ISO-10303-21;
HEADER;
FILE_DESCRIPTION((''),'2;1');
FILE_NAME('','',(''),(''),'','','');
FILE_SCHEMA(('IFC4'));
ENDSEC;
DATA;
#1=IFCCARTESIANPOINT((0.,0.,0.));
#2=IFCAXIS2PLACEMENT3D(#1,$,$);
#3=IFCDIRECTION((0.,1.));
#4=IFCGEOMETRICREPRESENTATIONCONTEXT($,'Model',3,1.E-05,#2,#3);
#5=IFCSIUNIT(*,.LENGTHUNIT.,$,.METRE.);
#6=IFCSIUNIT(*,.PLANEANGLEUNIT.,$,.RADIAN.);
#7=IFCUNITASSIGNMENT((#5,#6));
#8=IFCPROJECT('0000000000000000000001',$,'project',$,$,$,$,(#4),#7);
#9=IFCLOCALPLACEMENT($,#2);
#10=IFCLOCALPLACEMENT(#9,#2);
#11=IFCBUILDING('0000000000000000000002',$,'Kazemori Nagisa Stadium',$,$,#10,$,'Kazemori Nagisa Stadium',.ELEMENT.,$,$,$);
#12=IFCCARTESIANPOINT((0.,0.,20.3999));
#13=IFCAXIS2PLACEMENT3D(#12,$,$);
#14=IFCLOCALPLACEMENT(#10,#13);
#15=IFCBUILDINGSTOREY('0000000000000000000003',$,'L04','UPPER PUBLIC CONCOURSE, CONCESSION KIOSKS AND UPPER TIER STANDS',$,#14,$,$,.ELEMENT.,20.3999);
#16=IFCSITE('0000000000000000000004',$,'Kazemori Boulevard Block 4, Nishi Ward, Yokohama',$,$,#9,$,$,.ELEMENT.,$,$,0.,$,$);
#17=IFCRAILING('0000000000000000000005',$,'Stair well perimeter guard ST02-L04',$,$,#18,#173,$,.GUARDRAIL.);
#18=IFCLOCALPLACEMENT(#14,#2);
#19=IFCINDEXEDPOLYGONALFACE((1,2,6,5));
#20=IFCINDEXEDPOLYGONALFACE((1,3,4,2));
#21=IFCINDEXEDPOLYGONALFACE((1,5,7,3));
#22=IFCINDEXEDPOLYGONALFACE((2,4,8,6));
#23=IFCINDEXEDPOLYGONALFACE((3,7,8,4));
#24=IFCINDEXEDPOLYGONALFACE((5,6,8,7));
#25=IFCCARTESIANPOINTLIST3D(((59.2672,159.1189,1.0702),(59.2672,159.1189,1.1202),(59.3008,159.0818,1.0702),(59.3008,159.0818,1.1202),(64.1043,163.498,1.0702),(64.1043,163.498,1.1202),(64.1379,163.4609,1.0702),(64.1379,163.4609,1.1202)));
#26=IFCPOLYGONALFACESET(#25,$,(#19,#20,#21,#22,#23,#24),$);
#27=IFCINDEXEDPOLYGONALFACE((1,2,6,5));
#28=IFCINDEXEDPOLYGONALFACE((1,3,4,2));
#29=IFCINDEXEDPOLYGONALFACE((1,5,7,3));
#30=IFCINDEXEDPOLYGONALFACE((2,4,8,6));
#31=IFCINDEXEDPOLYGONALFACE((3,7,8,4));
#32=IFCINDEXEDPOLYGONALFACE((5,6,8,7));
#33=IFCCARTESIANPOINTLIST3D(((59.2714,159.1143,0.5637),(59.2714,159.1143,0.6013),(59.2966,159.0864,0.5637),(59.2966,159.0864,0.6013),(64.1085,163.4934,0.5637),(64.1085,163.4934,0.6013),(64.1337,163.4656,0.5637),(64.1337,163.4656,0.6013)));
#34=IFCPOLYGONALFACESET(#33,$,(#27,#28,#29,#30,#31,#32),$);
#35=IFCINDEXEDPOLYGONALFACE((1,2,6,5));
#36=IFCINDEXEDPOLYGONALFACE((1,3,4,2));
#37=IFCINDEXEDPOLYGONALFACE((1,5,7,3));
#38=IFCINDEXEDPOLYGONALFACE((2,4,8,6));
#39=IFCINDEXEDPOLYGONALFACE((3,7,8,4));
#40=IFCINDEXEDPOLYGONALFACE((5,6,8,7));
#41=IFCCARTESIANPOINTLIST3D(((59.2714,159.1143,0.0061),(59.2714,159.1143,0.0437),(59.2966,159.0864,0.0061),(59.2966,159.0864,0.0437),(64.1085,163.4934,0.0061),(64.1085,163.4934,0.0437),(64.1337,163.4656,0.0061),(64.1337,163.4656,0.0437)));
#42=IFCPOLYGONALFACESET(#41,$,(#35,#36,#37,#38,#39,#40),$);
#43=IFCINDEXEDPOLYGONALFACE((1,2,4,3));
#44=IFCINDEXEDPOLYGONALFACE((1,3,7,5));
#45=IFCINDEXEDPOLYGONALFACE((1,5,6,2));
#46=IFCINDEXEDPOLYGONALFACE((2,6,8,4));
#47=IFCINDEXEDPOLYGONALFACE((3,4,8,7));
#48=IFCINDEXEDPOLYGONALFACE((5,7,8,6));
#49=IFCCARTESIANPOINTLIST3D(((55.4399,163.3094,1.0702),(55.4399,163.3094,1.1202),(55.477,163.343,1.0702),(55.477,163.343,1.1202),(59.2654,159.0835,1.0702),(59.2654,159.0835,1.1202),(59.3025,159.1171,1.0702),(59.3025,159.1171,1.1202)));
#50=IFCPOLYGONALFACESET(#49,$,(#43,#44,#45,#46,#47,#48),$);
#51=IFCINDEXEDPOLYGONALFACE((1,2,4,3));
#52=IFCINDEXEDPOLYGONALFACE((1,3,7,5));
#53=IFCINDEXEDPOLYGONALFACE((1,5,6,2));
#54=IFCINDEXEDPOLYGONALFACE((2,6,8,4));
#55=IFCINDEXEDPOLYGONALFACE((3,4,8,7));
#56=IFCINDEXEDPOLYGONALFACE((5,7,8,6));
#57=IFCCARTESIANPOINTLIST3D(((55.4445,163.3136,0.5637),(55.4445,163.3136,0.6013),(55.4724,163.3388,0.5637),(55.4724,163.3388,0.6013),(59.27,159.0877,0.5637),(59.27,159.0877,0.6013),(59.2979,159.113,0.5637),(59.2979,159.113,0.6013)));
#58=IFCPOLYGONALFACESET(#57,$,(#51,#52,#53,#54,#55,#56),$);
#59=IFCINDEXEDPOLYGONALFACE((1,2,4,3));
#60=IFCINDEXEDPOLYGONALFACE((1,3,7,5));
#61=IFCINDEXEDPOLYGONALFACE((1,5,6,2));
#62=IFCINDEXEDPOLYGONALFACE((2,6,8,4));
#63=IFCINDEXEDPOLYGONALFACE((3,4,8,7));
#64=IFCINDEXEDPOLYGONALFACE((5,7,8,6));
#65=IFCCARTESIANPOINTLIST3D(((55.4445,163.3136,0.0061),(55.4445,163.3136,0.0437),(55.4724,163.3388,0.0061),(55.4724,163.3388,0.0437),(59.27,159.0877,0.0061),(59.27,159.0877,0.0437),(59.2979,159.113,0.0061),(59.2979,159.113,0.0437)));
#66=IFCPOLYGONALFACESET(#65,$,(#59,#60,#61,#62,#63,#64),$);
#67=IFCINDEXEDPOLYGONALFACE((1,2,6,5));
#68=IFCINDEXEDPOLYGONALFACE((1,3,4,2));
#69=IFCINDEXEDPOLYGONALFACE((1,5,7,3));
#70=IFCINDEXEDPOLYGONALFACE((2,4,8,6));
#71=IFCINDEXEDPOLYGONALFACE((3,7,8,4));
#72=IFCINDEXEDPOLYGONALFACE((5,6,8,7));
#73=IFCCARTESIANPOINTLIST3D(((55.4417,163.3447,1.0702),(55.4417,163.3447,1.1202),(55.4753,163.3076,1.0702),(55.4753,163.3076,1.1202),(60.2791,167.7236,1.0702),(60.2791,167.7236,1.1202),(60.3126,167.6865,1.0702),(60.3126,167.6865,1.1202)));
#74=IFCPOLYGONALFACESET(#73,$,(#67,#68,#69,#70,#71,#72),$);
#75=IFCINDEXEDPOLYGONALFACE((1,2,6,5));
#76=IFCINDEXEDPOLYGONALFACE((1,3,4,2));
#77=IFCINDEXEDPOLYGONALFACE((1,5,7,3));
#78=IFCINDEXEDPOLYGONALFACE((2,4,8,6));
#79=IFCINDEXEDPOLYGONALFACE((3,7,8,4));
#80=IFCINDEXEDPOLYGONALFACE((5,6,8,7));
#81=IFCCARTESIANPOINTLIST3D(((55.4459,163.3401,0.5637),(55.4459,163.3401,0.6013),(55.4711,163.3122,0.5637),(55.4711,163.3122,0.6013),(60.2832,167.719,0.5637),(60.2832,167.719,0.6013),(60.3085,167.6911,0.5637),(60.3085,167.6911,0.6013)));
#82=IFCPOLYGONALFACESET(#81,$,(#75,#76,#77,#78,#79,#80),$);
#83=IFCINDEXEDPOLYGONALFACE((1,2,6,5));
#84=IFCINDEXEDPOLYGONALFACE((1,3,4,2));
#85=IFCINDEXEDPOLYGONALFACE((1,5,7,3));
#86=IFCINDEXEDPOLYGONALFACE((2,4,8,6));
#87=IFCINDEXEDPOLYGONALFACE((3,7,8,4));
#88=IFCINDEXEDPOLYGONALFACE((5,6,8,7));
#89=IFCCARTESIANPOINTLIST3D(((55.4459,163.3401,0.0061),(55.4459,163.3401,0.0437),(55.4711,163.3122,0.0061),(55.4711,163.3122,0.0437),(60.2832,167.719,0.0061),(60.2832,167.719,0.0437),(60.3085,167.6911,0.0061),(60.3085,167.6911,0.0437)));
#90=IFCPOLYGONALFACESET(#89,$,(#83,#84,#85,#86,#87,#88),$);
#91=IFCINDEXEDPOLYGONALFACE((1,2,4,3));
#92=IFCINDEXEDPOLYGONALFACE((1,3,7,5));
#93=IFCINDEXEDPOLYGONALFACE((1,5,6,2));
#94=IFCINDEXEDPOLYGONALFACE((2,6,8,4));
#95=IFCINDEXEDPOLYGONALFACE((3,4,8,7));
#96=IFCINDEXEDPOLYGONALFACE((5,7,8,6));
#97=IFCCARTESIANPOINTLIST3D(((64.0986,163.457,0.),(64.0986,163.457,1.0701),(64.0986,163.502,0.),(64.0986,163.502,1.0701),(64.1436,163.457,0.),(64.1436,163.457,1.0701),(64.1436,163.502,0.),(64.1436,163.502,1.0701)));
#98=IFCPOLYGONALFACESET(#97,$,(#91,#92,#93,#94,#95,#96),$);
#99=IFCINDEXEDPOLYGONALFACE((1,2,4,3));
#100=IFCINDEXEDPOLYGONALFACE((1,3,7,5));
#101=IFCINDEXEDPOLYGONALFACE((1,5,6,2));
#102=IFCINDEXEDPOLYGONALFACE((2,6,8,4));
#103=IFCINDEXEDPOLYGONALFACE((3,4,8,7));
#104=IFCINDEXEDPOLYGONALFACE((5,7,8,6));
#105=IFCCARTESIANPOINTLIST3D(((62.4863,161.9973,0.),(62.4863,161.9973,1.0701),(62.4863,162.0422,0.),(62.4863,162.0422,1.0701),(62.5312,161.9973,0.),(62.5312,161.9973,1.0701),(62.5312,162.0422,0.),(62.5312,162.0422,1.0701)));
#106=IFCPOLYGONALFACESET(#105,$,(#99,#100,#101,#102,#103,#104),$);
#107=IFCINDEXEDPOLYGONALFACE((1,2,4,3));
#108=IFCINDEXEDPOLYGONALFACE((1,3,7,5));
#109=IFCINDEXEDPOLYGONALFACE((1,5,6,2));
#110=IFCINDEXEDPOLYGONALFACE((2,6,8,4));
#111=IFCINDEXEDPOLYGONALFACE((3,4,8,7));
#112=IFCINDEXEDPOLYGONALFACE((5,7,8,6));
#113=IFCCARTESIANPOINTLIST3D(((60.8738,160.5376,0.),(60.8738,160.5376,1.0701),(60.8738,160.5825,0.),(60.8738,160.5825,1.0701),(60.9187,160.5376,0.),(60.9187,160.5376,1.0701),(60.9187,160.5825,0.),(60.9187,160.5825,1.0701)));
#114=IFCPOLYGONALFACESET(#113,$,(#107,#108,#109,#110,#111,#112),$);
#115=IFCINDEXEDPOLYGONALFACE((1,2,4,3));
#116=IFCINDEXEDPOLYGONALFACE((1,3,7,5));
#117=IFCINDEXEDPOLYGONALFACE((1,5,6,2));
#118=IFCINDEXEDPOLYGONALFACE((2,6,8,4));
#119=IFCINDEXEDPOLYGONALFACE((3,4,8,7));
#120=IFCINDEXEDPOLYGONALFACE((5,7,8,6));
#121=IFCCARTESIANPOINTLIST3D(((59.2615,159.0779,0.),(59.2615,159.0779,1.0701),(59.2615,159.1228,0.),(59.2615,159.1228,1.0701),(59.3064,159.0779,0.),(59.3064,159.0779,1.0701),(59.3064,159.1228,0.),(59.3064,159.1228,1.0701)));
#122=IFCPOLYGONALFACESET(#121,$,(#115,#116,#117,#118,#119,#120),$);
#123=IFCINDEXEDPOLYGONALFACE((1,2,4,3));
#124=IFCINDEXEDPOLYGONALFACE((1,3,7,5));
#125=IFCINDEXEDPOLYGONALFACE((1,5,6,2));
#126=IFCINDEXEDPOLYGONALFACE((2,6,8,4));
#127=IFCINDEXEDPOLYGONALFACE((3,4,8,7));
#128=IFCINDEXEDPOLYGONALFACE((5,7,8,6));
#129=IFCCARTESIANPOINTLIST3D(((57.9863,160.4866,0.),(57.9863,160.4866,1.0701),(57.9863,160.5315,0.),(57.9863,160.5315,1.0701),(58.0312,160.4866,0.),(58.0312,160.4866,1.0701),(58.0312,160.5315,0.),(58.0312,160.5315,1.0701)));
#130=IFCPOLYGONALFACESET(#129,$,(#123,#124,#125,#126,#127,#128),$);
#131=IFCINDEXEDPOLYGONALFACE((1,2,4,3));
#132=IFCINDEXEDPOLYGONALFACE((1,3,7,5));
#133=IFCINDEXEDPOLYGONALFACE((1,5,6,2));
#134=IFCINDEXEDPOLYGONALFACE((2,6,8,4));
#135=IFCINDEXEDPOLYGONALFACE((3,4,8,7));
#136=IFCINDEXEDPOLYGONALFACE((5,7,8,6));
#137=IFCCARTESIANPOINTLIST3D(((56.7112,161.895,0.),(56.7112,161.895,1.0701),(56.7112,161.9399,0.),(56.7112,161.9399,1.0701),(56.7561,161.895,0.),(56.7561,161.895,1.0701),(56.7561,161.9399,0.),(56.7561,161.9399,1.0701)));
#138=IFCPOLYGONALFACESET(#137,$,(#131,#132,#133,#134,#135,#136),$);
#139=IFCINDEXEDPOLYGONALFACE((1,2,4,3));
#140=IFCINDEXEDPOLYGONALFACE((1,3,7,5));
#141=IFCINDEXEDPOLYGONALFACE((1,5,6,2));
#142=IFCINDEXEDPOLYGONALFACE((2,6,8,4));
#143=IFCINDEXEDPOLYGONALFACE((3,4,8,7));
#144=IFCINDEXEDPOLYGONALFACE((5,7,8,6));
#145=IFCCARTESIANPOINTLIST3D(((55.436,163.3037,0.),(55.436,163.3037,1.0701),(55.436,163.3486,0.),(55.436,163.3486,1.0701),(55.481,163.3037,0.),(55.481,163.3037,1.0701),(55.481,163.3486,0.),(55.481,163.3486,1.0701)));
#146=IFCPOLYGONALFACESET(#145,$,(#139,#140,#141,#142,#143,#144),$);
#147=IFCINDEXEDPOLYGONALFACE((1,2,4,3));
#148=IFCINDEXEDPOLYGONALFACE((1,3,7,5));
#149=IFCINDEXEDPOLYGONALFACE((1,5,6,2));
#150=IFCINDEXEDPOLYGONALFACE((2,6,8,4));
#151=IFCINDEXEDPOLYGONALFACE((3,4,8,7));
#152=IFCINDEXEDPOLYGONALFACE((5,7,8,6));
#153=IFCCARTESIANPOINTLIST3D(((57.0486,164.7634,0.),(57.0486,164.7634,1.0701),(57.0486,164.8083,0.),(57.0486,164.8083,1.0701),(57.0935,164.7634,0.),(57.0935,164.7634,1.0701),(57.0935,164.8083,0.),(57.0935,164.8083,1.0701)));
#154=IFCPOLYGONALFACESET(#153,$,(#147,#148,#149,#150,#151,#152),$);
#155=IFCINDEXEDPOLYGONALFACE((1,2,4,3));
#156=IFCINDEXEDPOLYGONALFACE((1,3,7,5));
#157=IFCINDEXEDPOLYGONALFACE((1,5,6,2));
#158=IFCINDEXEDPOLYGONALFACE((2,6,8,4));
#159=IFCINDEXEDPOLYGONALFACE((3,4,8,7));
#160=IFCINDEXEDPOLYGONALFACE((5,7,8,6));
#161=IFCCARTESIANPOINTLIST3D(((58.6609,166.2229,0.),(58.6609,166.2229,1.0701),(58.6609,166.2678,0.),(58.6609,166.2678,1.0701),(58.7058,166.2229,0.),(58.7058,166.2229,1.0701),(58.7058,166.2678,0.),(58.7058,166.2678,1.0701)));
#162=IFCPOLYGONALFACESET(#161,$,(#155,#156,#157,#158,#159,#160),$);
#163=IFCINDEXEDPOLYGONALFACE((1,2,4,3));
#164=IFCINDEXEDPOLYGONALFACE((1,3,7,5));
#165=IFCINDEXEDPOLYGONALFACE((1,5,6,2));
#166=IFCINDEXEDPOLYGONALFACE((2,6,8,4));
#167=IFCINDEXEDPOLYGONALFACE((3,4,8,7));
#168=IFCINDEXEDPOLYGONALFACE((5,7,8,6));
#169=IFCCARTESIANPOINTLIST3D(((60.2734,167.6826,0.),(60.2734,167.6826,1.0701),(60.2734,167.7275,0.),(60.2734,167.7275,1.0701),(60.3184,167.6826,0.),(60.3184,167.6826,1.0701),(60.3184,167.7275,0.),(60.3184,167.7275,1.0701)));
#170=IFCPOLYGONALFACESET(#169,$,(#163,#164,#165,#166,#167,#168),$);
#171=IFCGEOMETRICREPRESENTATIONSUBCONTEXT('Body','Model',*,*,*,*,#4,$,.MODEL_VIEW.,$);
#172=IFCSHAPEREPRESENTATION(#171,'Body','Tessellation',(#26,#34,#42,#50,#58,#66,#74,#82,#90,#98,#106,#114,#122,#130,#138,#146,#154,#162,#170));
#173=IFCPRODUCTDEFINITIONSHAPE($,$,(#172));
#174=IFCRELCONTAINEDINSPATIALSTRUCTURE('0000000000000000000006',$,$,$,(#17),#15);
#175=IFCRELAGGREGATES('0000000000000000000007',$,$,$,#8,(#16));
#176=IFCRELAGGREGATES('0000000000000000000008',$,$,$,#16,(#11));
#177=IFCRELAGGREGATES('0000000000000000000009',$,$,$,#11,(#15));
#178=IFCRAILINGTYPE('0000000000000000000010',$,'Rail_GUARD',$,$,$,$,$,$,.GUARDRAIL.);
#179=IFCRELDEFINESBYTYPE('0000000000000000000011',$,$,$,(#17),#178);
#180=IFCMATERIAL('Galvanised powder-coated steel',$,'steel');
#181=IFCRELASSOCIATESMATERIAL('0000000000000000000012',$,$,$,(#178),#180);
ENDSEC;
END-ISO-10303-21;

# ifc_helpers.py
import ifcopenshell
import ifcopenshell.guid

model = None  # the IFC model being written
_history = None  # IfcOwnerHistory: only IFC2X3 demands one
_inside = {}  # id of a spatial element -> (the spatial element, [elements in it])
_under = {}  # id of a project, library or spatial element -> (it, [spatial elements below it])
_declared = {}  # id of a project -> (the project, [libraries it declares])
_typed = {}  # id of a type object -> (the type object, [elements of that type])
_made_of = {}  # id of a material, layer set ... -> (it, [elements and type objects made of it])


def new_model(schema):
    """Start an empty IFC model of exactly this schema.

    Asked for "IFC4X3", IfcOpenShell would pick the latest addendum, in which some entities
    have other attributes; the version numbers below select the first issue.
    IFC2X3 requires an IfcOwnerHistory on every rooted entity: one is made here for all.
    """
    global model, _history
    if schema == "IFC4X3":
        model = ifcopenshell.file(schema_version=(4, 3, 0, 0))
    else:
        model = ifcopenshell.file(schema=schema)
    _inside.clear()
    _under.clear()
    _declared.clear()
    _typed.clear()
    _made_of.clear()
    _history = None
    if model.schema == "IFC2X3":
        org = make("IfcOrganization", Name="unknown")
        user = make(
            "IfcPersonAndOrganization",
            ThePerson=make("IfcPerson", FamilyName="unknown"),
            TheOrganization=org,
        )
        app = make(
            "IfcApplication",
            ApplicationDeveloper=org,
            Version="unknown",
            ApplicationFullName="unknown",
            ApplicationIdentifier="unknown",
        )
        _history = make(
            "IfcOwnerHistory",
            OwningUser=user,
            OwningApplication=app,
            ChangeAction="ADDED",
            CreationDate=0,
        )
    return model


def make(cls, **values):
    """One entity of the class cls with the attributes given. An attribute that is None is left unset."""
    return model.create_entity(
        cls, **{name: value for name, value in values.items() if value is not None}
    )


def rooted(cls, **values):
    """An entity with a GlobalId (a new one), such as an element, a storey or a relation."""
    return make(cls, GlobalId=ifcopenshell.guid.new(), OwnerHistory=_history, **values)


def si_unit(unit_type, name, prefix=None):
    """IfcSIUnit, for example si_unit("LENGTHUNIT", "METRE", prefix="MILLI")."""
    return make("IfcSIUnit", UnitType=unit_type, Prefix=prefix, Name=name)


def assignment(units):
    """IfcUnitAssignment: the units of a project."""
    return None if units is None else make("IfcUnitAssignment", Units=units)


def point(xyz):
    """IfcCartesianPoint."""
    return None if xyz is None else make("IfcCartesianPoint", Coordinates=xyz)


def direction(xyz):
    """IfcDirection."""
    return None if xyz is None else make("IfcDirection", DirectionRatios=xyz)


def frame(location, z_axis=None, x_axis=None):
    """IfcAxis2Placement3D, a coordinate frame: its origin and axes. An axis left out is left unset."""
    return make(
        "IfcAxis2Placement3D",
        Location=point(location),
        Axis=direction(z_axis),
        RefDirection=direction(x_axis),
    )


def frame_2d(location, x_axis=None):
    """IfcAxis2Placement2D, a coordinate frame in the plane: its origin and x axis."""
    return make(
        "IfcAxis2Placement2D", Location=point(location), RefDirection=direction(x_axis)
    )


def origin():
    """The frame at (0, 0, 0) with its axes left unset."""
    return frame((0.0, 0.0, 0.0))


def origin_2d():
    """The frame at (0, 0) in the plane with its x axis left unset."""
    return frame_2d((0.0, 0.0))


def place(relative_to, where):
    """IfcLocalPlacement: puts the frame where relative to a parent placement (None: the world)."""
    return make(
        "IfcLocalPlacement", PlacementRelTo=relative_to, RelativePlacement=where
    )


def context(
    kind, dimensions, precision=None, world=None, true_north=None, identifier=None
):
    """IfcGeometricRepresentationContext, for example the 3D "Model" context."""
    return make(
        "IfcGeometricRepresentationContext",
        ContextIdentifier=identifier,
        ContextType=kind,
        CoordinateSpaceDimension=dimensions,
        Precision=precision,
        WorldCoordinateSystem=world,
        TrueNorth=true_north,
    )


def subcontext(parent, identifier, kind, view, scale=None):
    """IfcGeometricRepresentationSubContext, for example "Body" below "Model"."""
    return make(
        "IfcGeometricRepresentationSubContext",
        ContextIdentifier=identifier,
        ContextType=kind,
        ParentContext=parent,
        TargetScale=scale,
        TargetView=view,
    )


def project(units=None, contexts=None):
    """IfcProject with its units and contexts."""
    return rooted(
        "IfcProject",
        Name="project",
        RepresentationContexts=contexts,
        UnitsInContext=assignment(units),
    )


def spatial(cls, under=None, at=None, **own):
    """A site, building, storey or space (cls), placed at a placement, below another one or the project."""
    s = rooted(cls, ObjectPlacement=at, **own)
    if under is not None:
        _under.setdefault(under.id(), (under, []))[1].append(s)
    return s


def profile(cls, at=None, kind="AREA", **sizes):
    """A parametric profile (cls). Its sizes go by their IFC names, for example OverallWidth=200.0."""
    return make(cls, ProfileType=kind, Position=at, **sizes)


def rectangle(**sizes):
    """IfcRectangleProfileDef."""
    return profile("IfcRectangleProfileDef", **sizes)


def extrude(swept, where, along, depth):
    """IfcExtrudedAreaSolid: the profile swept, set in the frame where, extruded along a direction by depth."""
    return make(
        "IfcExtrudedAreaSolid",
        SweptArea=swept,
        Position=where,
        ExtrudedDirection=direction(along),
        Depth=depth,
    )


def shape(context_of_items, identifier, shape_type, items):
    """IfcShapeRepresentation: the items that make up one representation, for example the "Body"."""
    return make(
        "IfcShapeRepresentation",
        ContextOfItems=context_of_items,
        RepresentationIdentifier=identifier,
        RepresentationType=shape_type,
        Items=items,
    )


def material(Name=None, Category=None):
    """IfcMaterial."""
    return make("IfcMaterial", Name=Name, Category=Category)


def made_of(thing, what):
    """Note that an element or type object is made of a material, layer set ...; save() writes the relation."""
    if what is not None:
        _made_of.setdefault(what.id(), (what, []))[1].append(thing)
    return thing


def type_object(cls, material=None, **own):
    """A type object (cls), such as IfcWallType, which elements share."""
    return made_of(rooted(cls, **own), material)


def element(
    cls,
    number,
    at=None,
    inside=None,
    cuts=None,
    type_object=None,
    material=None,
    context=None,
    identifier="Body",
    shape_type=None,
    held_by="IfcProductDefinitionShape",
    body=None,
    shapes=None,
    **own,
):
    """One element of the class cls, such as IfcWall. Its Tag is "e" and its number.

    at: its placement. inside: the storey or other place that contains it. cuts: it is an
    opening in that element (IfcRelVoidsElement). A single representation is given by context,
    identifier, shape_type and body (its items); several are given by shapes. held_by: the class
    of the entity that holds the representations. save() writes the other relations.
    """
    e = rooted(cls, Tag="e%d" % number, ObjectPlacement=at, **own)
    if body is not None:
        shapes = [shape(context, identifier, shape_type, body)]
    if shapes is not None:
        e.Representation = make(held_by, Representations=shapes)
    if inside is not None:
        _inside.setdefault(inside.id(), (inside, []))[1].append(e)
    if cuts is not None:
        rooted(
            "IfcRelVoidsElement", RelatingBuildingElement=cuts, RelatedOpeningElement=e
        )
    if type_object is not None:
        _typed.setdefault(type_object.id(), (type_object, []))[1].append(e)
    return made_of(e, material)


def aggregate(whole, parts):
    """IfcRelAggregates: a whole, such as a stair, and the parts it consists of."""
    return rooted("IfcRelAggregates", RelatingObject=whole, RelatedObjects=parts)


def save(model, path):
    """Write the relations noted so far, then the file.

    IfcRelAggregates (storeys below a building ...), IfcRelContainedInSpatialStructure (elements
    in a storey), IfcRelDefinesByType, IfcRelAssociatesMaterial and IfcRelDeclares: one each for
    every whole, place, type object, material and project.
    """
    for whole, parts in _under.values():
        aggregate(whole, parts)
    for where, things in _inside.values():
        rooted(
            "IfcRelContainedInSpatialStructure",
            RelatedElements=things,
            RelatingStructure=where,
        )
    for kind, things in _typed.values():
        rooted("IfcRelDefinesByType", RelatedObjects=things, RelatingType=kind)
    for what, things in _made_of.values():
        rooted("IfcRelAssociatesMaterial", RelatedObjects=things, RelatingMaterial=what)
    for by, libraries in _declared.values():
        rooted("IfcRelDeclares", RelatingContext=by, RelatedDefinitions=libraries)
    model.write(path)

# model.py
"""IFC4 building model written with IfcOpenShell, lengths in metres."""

from ifc_helpers import new_model, si_unit, direction, frame, origin, origin_2d, place, context, subcontext, project, spatial, rectangle, extrude, material, type_object, element, save


model = new_model("IFC4")

# Units and contexts
model_context = context("Model", 3, precision=1e-05, world=origin(), true_north=direction((0.0, 1.0)))
body_context = subcontext(model_context, "Body", "Model", "MODEL_VIEW")
ifc_project = project(units=[si_unit("LENGTHUNIT", "METRE"), si_unit("PLANEANGLEUNIT", "RADIAN")], contexts=[model_context])

# Site, building, storey
site_placement = place(None, origin())
site = spatial("IfcSite", under=ifc_project, at=site_placement, Name="Kazemori Boulevard Block 4, Nishi Ward, Yokohama", CompositionType="ELEMENT", RefElevation=0.0)
building_placement = place(site_placement, origin())
building = spatial("IfcBuilding", under=site, at=building_placement, Name="Kazemori Nagisa Stadium", LongName="Kazemori Nagisa Stadium", CompositionType="ELEMENT")
storey_placement = place(building_placement, frame((0.0, 0.0, 20.3999)))
storey = spatial("IfcBuildingStorey", under=building, at=storey_placement, Name="L04", Description="UPPER PUBLIC CONCOURSE, CONCESSION KIOSKS AND UPPER TIER STANDS", CompositionType="ELEMENT", Elevation=20.3999)

# Railing
ifc_material_1 = material(Name="Galvanised powder-coated steel", Category="steel")
railing_type_1 = type_object("IfcRailingType", Name="Rail_GUARD", PredefinedType="GUARDRAIL", material=ifc_material_1)
railing_1_placement = place(storey_placement, frame((64.1211, 163.4795, 0.0)))
element("IfcRailing", 1, at=railing_1_placement, inside=storey, type_object=railing_type_1, Name="Stair well perimeter guard ST02-L04", PredefinedType="GUARDRAIL", context=body_context, shape_type="SweptSolid", body=[
    extrude(rectangle(XDim=0.05, YDim=0.05, at=origin_2d()), frame((0.0, 0.0, 1.0952), z_axis=(-0.741332, -0.671139, 0.0), x_axis=(0.671139, -0.741332, 0.0)), (0.0, 0.0, 1.0), 6.5249),
    extrude(rectangle(XDim=0.0376, YDim=0.0376, at=origin_2d()), frame((0.0, 0.0, 0.5825), z_axis=(-0.741332, -0.671139, 0.0), x_axis=(0.671139, -0.741332, 0.0)), (0.0, 0.0, 1.0), 6.5249),
    extrude(rectangle(XDim=0.0376, YDim=0.0376, at=origin_2d()), frame((0.0, 0.0, 0.0249), z_axis=(-0.741332, -0.671139, 0.0), x_axis=(0.671139, -0.741332, 0.0)), (0.0, 0.0, 1.0), 6.5249),
    extrude(rectangle(XDim=0.05, YDim=0.05, at=origin_2d()), frame((-4.8372, -4.3792, 1.0952), z_axis=(-0.671113, 0.741355, 0.0), x_axis=(-0.741355, -0.671113, 0.0)), (0.0, 0.0, 1.0), 5.7002),
    extrude(rectangle(XDim=0.0376, YDim=0.0376, at=origin_2d()), frame((-4.8372, -4.3792, 0.5825), z_axis=(-0.671113, 0.741355, 0.0), x_axis=(-0.741355, -0.671113, 0.0)), (0.0, 0.0, 1.0), 5.7002),
    extrude(rectangle(XDim=0.0376, YDim=0.0376, at=origin_2d()), frame((-4.8372, -4.3792, 0.0249), z_axis=(-0.671113, 0.741355, 0.0), x_axis=(-0.741355, -0.671113, 0.0)), (0.0, 0.0, 1.0), 5.7002),
    extrude(rectangle(XDim=0.05, YDim=0.05, at=origin_2d()), frame((-8.6626, -0.1533, 1.0952), z_axis=(0.741367, 0.671099, 0.0), x_axis=(-0.671099, 0.741367, 0.0)), (0.0, 0.0, 1.0), 6.5249),
    extrude(rectangle(XDim=0.0376, YDim=0.0376, at=origin_2d()), frame((-8.6626, -0.1533, 0.5825), z_axis=(0.741367, 0.671099, 0.0), x_axis=(-0.671099, 0.741367, 0.0)), (0.0, 0.0, 1.0), 6.5249),
    extrude(rectangle(XDim=0.0376, YDim=0.0376, at=origin_2d()), frame((-8.6626, -0.1533, 0.0249), z_axis=(0.741367, 0.671099, 0.0), x_axis=(-0.671099, 0.741367, 0.0)), (0.0, 0.0, 1.0), 6.5249),
    extrude(rectangle(XDim=0.0449, YDim=0.0449, at=origin_2d()), origin(), (0.0, 0.0, 1.0), 1.0701),
    extrude(rectangle(XDim=0.0449, YDim=0.0449, at=origin_2d()), frame((-1.6123, -1.4597, 0.0)), (0.0, 0.0, 1.0), 1.0701),
    extrude(rectangle(XDim=0.0449, YDim=0.0449, at=origin_2d()), frame((-3.2249, -2.9194, 0.0)), (0.0, 0.0, 1.0), 1.0701),
    extrude(rectangle(XDim=0.0449, YDim=0.0449, at=origin_2d()), frame((-4.8372, -4.3792, 0.0)), (0.0, 0.0, 1.0), 1.0701),
    extrude(rectangle(XDim=0.0449, YDim=0.0449, at=origin_2d()), frame((-6.1123, -2.9705, 0.0)), (0.0, 0.0, 1.0), 1.0701),
    extrude(rectangle(XDim=0.0449, YDim=0.0449, at=origin_2d()), frame((-7.3875, -1.562, 0.0)), (0.0, 0.0, 1.0), 1.0701),
    extrude(rectangle(XDim=0.0449, YDim=0.0449, at=origin_2d()), frame((-8.6626, -0.1533, 0.0)), (0.0, 0.0, 1.0), 1.0701),
    extrude(rectangle(XDim=0.0449, YDim=0.0449, at=origin_2d()), frame((-7.05, 1.3064, 0.0)), (0.0, 0.0, 1.0), 1.0701),
    extrude(rectangle(XDim=0.0449, YDim=0.0449, at=origin_2d()), frame((-5.4377, 2.7659, 0.0)), (0.0, 0.0, 1.0), 1.0701),
    extrude(rectangle(XDim=0.0449, YDim=0.0449, at=origin_2d()), frame((-3.8252, 4.2256, 0.0)), (0.0, 0.0, 1.0), 1.0701),
])

save(model, "model.ifc")
